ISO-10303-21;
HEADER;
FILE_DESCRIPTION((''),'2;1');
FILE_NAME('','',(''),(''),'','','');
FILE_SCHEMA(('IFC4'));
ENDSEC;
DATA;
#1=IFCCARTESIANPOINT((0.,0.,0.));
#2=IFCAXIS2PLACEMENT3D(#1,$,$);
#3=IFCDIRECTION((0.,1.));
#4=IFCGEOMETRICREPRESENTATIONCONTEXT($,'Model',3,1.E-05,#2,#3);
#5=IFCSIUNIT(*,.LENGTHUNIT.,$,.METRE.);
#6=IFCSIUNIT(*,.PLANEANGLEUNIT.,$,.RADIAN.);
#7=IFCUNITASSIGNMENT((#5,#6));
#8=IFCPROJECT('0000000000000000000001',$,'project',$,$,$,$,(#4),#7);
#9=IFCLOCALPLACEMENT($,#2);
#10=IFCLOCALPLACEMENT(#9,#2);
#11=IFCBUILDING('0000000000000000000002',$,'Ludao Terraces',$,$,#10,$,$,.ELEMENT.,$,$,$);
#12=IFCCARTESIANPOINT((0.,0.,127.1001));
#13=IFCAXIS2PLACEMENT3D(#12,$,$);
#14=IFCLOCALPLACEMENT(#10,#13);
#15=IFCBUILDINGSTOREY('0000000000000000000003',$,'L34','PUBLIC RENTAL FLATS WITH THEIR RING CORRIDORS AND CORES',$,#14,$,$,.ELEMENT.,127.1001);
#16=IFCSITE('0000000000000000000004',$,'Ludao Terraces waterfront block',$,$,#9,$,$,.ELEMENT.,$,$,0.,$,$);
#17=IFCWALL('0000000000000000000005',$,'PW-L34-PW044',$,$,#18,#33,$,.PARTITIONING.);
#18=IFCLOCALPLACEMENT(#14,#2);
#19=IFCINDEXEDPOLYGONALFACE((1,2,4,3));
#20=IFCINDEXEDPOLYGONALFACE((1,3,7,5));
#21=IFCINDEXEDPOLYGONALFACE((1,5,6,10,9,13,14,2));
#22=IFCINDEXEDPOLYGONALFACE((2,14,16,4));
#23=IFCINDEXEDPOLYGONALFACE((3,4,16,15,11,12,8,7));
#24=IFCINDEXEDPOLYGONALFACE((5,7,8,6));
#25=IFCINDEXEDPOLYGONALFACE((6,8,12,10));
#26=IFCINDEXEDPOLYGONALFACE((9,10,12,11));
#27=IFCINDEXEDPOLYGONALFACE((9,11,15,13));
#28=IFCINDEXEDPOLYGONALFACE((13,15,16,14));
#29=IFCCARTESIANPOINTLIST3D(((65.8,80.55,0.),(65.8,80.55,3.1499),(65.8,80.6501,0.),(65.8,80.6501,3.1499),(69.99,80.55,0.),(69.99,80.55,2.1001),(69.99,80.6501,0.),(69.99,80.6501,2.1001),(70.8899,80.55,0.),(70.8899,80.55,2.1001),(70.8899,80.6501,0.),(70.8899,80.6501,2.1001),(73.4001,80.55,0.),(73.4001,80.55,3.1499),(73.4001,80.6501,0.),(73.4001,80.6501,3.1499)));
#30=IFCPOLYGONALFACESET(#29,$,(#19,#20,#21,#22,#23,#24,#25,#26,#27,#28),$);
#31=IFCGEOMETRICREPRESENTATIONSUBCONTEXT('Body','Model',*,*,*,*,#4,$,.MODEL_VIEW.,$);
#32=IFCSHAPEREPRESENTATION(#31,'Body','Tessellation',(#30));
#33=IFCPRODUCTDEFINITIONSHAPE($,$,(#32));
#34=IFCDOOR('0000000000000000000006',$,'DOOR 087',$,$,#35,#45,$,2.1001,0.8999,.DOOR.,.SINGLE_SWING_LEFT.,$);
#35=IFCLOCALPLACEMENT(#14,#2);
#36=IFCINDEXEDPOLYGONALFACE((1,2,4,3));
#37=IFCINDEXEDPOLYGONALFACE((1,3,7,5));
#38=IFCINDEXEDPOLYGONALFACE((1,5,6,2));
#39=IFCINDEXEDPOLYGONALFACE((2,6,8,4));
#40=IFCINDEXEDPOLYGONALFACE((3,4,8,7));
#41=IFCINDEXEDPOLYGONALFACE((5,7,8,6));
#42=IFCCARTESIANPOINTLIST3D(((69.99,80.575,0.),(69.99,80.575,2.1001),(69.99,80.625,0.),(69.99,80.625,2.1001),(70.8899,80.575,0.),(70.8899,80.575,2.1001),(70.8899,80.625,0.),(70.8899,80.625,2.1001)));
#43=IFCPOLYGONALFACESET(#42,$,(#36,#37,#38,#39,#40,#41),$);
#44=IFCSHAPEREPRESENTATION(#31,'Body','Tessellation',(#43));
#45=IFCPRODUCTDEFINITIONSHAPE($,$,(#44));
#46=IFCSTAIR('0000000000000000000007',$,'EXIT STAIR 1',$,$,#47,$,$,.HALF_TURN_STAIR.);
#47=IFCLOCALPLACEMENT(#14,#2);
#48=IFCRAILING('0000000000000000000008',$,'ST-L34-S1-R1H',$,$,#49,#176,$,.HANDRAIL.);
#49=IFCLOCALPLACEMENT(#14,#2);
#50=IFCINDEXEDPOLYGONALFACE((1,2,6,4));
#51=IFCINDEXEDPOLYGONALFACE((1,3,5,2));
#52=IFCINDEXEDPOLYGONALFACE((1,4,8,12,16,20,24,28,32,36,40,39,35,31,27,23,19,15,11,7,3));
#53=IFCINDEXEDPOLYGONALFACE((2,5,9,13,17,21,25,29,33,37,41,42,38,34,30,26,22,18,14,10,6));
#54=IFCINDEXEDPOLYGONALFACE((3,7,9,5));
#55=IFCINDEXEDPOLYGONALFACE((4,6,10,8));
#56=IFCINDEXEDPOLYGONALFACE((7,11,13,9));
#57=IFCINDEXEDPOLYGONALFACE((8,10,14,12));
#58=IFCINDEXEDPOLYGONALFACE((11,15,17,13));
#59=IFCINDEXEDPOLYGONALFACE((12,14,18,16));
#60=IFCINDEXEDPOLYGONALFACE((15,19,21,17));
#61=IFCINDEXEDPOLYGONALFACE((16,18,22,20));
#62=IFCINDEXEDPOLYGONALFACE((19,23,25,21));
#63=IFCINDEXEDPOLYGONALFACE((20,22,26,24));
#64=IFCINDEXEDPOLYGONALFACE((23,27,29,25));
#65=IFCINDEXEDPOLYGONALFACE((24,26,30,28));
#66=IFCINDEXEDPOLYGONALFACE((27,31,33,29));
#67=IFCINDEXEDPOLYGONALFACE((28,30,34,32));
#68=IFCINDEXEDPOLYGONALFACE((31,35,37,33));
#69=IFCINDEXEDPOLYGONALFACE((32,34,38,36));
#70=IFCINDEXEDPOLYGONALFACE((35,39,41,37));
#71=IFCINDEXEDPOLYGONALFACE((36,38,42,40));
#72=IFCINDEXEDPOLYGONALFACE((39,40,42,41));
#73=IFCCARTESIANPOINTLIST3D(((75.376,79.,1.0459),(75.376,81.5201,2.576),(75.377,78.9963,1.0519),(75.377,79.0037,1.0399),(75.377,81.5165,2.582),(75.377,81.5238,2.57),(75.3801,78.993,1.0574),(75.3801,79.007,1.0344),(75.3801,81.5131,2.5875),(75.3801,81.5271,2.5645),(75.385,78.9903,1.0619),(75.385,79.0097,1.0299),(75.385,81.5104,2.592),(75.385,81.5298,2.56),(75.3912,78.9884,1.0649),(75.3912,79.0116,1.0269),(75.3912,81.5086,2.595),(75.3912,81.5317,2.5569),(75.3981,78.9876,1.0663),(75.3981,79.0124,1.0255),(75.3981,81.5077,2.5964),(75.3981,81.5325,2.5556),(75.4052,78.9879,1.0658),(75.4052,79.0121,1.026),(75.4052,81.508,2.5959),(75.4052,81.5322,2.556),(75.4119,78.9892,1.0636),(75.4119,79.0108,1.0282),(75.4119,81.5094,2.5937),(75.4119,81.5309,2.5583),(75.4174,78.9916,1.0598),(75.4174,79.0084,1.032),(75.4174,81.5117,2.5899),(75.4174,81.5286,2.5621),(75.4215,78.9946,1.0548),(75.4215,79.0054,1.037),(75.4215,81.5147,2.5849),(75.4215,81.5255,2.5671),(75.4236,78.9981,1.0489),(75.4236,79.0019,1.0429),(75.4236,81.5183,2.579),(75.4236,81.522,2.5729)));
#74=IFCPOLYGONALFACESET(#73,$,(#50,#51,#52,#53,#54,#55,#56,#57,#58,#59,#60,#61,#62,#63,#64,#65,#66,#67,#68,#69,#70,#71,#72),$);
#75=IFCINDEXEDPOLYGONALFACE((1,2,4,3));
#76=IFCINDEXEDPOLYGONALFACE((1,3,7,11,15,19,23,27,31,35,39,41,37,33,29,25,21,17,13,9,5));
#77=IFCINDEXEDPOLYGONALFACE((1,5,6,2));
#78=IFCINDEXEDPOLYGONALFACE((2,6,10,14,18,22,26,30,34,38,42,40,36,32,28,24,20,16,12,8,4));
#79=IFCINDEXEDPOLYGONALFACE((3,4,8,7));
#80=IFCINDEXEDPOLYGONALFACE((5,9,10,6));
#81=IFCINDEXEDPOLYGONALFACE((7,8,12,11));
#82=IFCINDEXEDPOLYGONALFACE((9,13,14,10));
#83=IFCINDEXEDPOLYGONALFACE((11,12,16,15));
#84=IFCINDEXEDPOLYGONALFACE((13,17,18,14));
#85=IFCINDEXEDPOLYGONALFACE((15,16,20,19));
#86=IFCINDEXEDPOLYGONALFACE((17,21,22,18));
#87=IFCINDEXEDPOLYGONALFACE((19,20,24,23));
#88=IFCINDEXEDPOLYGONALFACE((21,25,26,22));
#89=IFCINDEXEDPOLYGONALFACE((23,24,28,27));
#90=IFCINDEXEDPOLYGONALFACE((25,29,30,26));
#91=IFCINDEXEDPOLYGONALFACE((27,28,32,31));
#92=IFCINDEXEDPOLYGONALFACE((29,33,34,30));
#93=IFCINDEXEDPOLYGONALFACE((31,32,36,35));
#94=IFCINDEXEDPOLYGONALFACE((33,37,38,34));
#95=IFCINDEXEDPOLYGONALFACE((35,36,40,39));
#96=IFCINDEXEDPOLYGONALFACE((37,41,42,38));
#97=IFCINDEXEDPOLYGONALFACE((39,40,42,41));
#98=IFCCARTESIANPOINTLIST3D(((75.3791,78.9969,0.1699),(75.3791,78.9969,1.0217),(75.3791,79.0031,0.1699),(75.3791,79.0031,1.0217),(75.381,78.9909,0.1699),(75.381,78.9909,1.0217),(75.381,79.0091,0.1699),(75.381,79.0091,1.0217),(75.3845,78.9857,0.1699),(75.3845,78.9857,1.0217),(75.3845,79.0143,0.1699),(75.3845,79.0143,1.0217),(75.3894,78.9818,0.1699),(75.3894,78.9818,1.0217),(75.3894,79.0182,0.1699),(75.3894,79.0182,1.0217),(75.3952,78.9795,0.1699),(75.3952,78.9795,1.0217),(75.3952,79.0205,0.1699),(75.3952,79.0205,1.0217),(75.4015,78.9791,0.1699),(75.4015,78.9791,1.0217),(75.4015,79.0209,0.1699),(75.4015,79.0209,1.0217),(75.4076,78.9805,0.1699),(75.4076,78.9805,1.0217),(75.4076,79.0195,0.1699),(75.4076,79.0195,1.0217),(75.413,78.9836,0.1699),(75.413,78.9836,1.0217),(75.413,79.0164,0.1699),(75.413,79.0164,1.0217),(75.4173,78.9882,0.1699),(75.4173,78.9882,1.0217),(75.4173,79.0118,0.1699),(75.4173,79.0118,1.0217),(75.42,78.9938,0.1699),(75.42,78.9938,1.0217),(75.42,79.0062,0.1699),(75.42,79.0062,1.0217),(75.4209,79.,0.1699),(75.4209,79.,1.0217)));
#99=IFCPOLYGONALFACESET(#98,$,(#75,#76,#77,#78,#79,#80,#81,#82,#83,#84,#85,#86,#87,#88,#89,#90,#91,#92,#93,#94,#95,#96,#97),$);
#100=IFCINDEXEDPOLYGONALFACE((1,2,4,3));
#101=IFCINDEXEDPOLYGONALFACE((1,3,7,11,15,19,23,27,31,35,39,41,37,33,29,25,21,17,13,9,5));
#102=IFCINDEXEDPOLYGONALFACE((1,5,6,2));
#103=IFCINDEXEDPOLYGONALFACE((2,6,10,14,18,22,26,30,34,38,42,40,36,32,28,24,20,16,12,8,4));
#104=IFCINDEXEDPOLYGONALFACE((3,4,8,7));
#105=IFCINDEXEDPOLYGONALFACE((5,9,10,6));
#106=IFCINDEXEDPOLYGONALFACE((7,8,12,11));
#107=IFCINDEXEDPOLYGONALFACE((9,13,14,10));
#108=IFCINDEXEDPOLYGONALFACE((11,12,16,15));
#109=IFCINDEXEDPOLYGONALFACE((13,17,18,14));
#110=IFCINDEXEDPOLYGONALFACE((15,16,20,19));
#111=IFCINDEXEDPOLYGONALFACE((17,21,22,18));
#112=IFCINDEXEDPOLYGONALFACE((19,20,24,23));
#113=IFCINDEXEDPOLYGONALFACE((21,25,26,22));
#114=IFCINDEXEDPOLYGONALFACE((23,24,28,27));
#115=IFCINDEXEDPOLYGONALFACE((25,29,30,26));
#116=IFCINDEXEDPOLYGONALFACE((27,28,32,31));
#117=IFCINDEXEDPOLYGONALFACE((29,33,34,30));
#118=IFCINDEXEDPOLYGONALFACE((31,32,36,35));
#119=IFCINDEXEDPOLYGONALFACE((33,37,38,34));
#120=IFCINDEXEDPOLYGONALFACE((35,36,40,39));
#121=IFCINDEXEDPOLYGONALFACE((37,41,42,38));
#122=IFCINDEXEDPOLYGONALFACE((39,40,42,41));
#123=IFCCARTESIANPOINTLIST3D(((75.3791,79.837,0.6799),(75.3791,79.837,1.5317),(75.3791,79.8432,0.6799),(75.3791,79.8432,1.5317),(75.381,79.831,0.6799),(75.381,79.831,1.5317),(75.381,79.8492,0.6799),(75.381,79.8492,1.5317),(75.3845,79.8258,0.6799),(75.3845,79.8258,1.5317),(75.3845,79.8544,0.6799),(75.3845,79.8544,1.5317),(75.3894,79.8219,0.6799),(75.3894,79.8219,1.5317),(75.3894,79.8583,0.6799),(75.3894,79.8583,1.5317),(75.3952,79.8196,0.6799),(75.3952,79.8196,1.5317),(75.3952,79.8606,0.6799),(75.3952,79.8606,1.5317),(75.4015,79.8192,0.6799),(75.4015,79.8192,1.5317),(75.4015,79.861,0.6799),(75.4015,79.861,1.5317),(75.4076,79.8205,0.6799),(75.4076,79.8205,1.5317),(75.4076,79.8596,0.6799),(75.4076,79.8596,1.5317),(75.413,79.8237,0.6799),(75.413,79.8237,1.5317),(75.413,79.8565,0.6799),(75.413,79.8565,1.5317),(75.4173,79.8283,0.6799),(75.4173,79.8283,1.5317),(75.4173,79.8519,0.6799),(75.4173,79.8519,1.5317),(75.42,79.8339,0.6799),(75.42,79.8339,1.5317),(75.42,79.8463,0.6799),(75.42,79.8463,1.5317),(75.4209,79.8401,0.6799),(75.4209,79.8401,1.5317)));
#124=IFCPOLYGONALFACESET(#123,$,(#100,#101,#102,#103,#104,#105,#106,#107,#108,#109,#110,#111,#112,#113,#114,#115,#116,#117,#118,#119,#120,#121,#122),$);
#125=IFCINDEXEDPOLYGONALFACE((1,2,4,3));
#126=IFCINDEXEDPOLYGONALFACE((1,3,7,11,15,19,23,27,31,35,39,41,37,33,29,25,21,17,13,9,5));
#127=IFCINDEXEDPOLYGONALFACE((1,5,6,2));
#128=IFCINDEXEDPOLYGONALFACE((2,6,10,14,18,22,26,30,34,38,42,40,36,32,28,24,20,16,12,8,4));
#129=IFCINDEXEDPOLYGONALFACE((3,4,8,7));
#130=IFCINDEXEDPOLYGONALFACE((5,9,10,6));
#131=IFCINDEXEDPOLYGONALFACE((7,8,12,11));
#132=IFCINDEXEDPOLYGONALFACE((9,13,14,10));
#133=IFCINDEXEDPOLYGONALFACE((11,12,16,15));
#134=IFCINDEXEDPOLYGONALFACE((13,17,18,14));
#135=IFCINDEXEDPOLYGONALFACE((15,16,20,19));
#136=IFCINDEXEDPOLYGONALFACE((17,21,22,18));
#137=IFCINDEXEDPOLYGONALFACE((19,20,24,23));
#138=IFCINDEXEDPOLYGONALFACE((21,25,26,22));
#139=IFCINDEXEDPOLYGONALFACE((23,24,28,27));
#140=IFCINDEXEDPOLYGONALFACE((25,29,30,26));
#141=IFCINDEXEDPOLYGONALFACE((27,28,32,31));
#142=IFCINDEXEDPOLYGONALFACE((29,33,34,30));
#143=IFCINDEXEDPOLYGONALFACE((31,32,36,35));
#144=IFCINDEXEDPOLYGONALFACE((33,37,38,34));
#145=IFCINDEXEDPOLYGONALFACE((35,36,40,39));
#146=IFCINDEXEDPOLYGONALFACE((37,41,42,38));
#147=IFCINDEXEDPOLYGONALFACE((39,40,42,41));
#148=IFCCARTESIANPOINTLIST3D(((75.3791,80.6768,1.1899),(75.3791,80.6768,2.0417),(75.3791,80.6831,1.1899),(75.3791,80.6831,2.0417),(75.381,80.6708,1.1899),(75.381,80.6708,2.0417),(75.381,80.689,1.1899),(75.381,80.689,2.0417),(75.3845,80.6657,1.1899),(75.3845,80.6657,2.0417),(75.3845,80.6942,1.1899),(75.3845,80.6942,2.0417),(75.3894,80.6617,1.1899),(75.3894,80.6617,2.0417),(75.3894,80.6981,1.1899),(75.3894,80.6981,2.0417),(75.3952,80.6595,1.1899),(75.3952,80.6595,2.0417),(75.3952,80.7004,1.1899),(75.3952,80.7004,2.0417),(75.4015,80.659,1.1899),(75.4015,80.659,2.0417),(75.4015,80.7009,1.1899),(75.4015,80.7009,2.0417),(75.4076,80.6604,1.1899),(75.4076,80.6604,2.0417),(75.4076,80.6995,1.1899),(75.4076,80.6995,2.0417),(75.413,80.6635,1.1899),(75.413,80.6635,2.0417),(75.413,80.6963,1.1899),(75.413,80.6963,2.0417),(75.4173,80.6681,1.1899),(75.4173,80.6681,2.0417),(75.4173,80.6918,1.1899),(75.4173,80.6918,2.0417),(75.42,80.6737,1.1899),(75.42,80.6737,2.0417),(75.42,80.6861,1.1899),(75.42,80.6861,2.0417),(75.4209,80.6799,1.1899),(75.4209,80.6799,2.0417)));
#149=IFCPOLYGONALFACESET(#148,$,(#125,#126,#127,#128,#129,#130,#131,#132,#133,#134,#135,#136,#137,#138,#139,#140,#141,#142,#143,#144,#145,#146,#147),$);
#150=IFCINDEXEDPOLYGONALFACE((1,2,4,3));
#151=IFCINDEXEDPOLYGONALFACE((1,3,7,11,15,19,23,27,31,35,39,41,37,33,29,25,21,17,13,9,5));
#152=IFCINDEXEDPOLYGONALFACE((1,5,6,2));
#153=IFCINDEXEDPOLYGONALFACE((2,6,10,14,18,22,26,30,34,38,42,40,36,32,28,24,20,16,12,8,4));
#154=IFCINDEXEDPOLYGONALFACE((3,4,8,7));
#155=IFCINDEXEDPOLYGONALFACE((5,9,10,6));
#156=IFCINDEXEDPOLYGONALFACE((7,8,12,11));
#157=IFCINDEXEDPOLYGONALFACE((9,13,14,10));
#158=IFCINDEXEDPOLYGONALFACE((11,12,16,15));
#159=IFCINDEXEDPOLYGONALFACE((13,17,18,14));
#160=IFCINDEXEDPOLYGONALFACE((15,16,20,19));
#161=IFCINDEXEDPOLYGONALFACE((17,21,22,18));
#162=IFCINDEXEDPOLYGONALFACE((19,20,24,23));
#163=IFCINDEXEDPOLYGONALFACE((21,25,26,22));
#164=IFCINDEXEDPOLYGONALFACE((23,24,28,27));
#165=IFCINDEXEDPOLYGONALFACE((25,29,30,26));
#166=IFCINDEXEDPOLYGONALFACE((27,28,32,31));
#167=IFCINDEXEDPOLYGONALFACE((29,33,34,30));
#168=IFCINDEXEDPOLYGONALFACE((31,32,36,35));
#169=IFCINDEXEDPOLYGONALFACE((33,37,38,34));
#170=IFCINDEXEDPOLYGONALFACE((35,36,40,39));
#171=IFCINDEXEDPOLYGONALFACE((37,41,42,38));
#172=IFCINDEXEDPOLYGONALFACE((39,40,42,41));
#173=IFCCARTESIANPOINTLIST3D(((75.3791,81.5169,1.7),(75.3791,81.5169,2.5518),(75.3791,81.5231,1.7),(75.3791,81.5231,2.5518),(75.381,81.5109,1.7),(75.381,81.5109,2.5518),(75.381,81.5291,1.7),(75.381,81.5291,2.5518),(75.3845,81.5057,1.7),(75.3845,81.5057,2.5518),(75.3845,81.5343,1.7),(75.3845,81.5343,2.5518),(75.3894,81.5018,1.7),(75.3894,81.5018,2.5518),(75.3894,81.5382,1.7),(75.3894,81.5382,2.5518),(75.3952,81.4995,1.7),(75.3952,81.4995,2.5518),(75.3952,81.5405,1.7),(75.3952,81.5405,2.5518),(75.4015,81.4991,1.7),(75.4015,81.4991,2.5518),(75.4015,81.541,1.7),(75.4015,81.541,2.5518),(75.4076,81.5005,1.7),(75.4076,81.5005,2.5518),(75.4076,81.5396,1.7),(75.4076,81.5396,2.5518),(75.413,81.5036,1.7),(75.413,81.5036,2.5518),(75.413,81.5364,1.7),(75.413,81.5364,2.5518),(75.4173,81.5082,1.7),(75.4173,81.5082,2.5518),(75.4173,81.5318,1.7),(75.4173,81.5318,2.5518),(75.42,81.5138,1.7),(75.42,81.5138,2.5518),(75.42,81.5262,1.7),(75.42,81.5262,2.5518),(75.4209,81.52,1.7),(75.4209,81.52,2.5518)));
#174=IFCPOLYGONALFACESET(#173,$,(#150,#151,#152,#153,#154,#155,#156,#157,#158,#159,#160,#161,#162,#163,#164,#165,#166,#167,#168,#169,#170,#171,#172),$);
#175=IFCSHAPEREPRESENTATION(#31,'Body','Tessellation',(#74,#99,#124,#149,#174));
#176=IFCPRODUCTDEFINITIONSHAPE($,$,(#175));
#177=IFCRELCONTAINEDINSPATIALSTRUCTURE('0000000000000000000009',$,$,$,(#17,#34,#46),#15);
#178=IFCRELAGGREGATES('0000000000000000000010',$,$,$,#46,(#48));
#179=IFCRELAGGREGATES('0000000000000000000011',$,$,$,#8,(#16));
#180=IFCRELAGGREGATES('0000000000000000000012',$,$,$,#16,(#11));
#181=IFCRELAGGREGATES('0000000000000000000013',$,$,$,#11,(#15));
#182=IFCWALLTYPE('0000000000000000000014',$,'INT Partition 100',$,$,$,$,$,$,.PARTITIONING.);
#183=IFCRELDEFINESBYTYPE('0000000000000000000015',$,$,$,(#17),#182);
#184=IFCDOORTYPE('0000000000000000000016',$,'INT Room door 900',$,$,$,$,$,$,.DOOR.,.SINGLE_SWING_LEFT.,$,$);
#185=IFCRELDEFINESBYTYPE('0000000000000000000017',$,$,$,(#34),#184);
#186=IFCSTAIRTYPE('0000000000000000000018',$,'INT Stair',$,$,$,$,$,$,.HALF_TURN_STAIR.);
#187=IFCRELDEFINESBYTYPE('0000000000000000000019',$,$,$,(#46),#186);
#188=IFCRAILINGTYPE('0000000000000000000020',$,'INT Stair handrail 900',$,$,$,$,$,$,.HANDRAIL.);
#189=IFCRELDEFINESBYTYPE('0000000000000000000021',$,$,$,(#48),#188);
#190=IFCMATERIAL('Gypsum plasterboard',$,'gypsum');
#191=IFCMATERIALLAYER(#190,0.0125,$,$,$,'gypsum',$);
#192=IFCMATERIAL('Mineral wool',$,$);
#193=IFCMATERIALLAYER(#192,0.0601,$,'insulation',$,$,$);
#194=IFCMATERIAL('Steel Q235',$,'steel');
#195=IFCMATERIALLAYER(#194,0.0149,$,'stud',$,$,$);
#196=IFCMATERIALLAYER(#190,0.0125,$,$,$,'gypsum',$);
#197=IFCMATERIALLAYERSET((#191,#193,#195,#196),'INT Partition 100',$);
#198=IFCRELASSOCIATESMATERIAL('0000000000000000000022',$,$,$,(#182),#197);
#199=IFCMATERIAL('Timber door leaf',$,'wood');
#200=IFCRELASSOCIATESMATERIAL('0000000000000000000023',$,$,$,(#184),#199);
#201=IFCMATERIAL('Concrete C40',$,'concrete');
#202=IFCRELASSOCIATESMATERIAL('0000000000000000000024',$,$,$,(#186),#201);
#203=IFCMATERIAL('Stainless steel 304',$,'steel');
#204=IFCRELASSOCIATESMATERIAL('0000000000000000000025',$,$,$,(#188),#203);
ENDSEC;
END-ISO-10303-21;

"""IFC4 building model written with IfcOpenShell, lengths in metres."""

from ifc_helpers import new_model, si_unit, direction, frame, frame_2d, origin, origin_2d, place, context, subcontext, project, spatial, rectangle, circle, extrude, material, layer, layer_set, type_object, element, fill, aggregate, save


model = new_model("IFC4")

# Units and contexts
model_context = context("Model", 3, precision=1e-05, world=origin(), true_north=direction((0.0, 1.0)))
body_context = subcontext(model_context, "Body", "Model", "MODEL_VIEW")
ifc_project = project(units=[si_unit("LENGTHUNIT", "METRE"), si_unit("PLANEANGLEUNIT", "RADIAN")], contexts=[model_context])

# Site, building, storey
site_placement = place(None, origin())
site = spatial("IfcSite", under=ifc_project, at=site_placement, Name="Ludao Terraces waterfront block", CompositionType="ELEMENT", RefElevation=0.0)
building_placement = place(site_placement, origin())
building = spatial("IfcBuilding", under=site, at=building_placement, Name="Ludao Terraces", CompositionType="ELEMENT")
storey_placement = place(building_placement, frame((0.0, 0.0, 127.1001)))
storey = spatial("IfcBuildingStorey", under=building, at=storey_placement, Name="L34", Description="PUBLIC RENTAL FLATS WITH THEIR RING CORRIDORS AND CORES", CompositionType="ELEMENT", Elevation=127.1001)

# Shared definitions
ifc_material_1 = material(Name="Concrete C40", Category="concrete")

# Shared definitions
ifc_material_2 = material(Name="Steel Q235", Category="steel")

# Shared definitions
ifc_material_3 = material(Name="Mineral wool")

# Shared definitions
ifc_material_4 = material(Name="Gypsum plasterboard", Category="gypsum")
ifc_layer_1 = layer(ifc_material_4, 0.0125, Category="gypsum")
ifc_layer_2 = layer(ifc_material_3, 0.0601, Name="insulation")
ifc_layer_3 = layer(ifc_material_2, 0.0149, Name="stud")
ifc_layer_4 = layer(ifc_material_4, 0.0125, Category="gypsum")
ifc_layer_set_1 = layer_set([ifc_layer_1, ifc_layer_2, ifc_layer_3, ifc_layer_4], Name="INT Partition 100")
wall_type_1 = type_object("IfcWallType", Name="INT Partition 100", PredefinedType="PARTITIONING", material=ifc_layer_set_1)

# Wall, opening, door
wall_1_placement = place(storey_placement, frame((65.8, 80.6001, 0.0), z_axis=(0.0, 0.0, 1.0), x_axis=(1.0, 0.0, 0.0)))
wall_1 = element("IfcWall", 1, at=wall_1_placement, inside=storey, type_object=wall_type_1, Name="PW-L34-PW044", PredefinedType="PARTITIONING", context=body_context, shape_type="SweptSolid", body=[
    extrude(rectangle(XDim=7.6001, YDim=0.1001, at=frame_2d((3.8, 0.0))), origin(), (0.0, 0.0, 1.0), 3.1499),
])
opening_1_placement = place(wall_1_placement, frame((4.1899, 0.0, 0.0)))
opening_1 = element("IfcOpeningElement", 2, at=opening_1_placement, cuts=wall_1, PredefinedType="OPENING", context=body_context, shape_type="SweptSolid", body=[
    extrude(rectangle(XDim=0.8999, YDim=2.1001, at=frame_2d((0.45, 1.05))), frame((0.0, 0.0601, 0.0), z_axis=(0.0, -1.0, 0.0), x_axis=(1.0, 0.0, 0.0)), (0.0, 0.0, 1.0), 0.1201),
])
ifc_material_5 = material(Name="Timber door leaf", Category="wood")
door_type_1 = type_object("IfcDoorType", Name="INT Room door 900", OperationType="SINGLE_SWING_LEFT", PredefinedType="DOOR", material=ifc_material_5)
door_1_placement = place(opening_1_placement, origin())
door_1 = element("IfcDoor", 3, at=door_1_placement, inside=storey, type_object=door_type_1, Name="DOOR 087", OperationType="SINGLE_SWING_LEFT", OverallHeight=2.1001, OverallWidth=0.8999, PredefinedType="DOOR", context=body_context, shape_type="SweptSolid", body=[
    extrude(rectangle(XDim=0.8999, YDim=2.1001, at=frame_2d((0.45, 1.05))), frame((0.0, 0.0249, 0.0), z_axis=(0.0, -1.0, 0.0), x_axis=(1.0, 0.0, 0.0)), (0.0, 0.0, 1.0), 0.05),
])
fill(opening_1, door_1)

# Stair, railing
stair_type = type_object("IfcStairType", Name="INT Stair", PredefinedType="HALF_TURN_STAIR", material=ifc_material_1)
stair_placement = place(storey_placement, origin())
stair = element("IfcStair", 4, at=stair_placement, inside=storey, type_object=stair_type, Name="EXIT STAIR 1", PredefinedType="HALF_TURN_STAIR")
ifc_material_6 = material(Name="Stainless steel 304", Category="steel")
railing_type = type_object("IfcRailingType", Name="INT Stair handrail 900", PredefinedType="HANDRAIL", material=ifc_material_6)
railing_placement = place(storey_placement, frame((75.3999, 79.0, 0.1699)))
railing = element("IfcRailing", 5, at=railing_placement, type_object=railing_type, Name="ST-L34-S1-R1H", PredefinedType="HANDRAIL", context=body_context, shape_type="SweptSolid", body=[
    extrude(circle(Radius=0.0239, at=origin_2d()), frame((0.0, 0.0, 0.876), z_axis=(0.0, 0.854785, 0.518982), x_axis=(-1.0, 0.0, 0.0)), (0.0, 0.0, 1.0), 2.9482),
    extrude(circle(Radius=0.021, at=origin_2d()), origin(), (0.0, 0.0, 1.0), 0.8518),
    extrude(circle(Radius=0.021, at=origin_2d()), frame((0.0, 0.8401, 0.51)), (0.0, 0.0, 1.0), 0.8518),
    extrude(circle(Radius=0.021, at=origin_2d()), frame((0.0, 1.6799, 1.02)), (0.0, 0.0, 1.0), 0.8518),
    extrude(circle(Radius=0.021, at=origin_2d()), frame((0.0, 2.52, 1.53)), (0.0, 0.0, 1.0), 0.8518),
])
aggregate(stair, [railing])

save(model, "model.ifc")
